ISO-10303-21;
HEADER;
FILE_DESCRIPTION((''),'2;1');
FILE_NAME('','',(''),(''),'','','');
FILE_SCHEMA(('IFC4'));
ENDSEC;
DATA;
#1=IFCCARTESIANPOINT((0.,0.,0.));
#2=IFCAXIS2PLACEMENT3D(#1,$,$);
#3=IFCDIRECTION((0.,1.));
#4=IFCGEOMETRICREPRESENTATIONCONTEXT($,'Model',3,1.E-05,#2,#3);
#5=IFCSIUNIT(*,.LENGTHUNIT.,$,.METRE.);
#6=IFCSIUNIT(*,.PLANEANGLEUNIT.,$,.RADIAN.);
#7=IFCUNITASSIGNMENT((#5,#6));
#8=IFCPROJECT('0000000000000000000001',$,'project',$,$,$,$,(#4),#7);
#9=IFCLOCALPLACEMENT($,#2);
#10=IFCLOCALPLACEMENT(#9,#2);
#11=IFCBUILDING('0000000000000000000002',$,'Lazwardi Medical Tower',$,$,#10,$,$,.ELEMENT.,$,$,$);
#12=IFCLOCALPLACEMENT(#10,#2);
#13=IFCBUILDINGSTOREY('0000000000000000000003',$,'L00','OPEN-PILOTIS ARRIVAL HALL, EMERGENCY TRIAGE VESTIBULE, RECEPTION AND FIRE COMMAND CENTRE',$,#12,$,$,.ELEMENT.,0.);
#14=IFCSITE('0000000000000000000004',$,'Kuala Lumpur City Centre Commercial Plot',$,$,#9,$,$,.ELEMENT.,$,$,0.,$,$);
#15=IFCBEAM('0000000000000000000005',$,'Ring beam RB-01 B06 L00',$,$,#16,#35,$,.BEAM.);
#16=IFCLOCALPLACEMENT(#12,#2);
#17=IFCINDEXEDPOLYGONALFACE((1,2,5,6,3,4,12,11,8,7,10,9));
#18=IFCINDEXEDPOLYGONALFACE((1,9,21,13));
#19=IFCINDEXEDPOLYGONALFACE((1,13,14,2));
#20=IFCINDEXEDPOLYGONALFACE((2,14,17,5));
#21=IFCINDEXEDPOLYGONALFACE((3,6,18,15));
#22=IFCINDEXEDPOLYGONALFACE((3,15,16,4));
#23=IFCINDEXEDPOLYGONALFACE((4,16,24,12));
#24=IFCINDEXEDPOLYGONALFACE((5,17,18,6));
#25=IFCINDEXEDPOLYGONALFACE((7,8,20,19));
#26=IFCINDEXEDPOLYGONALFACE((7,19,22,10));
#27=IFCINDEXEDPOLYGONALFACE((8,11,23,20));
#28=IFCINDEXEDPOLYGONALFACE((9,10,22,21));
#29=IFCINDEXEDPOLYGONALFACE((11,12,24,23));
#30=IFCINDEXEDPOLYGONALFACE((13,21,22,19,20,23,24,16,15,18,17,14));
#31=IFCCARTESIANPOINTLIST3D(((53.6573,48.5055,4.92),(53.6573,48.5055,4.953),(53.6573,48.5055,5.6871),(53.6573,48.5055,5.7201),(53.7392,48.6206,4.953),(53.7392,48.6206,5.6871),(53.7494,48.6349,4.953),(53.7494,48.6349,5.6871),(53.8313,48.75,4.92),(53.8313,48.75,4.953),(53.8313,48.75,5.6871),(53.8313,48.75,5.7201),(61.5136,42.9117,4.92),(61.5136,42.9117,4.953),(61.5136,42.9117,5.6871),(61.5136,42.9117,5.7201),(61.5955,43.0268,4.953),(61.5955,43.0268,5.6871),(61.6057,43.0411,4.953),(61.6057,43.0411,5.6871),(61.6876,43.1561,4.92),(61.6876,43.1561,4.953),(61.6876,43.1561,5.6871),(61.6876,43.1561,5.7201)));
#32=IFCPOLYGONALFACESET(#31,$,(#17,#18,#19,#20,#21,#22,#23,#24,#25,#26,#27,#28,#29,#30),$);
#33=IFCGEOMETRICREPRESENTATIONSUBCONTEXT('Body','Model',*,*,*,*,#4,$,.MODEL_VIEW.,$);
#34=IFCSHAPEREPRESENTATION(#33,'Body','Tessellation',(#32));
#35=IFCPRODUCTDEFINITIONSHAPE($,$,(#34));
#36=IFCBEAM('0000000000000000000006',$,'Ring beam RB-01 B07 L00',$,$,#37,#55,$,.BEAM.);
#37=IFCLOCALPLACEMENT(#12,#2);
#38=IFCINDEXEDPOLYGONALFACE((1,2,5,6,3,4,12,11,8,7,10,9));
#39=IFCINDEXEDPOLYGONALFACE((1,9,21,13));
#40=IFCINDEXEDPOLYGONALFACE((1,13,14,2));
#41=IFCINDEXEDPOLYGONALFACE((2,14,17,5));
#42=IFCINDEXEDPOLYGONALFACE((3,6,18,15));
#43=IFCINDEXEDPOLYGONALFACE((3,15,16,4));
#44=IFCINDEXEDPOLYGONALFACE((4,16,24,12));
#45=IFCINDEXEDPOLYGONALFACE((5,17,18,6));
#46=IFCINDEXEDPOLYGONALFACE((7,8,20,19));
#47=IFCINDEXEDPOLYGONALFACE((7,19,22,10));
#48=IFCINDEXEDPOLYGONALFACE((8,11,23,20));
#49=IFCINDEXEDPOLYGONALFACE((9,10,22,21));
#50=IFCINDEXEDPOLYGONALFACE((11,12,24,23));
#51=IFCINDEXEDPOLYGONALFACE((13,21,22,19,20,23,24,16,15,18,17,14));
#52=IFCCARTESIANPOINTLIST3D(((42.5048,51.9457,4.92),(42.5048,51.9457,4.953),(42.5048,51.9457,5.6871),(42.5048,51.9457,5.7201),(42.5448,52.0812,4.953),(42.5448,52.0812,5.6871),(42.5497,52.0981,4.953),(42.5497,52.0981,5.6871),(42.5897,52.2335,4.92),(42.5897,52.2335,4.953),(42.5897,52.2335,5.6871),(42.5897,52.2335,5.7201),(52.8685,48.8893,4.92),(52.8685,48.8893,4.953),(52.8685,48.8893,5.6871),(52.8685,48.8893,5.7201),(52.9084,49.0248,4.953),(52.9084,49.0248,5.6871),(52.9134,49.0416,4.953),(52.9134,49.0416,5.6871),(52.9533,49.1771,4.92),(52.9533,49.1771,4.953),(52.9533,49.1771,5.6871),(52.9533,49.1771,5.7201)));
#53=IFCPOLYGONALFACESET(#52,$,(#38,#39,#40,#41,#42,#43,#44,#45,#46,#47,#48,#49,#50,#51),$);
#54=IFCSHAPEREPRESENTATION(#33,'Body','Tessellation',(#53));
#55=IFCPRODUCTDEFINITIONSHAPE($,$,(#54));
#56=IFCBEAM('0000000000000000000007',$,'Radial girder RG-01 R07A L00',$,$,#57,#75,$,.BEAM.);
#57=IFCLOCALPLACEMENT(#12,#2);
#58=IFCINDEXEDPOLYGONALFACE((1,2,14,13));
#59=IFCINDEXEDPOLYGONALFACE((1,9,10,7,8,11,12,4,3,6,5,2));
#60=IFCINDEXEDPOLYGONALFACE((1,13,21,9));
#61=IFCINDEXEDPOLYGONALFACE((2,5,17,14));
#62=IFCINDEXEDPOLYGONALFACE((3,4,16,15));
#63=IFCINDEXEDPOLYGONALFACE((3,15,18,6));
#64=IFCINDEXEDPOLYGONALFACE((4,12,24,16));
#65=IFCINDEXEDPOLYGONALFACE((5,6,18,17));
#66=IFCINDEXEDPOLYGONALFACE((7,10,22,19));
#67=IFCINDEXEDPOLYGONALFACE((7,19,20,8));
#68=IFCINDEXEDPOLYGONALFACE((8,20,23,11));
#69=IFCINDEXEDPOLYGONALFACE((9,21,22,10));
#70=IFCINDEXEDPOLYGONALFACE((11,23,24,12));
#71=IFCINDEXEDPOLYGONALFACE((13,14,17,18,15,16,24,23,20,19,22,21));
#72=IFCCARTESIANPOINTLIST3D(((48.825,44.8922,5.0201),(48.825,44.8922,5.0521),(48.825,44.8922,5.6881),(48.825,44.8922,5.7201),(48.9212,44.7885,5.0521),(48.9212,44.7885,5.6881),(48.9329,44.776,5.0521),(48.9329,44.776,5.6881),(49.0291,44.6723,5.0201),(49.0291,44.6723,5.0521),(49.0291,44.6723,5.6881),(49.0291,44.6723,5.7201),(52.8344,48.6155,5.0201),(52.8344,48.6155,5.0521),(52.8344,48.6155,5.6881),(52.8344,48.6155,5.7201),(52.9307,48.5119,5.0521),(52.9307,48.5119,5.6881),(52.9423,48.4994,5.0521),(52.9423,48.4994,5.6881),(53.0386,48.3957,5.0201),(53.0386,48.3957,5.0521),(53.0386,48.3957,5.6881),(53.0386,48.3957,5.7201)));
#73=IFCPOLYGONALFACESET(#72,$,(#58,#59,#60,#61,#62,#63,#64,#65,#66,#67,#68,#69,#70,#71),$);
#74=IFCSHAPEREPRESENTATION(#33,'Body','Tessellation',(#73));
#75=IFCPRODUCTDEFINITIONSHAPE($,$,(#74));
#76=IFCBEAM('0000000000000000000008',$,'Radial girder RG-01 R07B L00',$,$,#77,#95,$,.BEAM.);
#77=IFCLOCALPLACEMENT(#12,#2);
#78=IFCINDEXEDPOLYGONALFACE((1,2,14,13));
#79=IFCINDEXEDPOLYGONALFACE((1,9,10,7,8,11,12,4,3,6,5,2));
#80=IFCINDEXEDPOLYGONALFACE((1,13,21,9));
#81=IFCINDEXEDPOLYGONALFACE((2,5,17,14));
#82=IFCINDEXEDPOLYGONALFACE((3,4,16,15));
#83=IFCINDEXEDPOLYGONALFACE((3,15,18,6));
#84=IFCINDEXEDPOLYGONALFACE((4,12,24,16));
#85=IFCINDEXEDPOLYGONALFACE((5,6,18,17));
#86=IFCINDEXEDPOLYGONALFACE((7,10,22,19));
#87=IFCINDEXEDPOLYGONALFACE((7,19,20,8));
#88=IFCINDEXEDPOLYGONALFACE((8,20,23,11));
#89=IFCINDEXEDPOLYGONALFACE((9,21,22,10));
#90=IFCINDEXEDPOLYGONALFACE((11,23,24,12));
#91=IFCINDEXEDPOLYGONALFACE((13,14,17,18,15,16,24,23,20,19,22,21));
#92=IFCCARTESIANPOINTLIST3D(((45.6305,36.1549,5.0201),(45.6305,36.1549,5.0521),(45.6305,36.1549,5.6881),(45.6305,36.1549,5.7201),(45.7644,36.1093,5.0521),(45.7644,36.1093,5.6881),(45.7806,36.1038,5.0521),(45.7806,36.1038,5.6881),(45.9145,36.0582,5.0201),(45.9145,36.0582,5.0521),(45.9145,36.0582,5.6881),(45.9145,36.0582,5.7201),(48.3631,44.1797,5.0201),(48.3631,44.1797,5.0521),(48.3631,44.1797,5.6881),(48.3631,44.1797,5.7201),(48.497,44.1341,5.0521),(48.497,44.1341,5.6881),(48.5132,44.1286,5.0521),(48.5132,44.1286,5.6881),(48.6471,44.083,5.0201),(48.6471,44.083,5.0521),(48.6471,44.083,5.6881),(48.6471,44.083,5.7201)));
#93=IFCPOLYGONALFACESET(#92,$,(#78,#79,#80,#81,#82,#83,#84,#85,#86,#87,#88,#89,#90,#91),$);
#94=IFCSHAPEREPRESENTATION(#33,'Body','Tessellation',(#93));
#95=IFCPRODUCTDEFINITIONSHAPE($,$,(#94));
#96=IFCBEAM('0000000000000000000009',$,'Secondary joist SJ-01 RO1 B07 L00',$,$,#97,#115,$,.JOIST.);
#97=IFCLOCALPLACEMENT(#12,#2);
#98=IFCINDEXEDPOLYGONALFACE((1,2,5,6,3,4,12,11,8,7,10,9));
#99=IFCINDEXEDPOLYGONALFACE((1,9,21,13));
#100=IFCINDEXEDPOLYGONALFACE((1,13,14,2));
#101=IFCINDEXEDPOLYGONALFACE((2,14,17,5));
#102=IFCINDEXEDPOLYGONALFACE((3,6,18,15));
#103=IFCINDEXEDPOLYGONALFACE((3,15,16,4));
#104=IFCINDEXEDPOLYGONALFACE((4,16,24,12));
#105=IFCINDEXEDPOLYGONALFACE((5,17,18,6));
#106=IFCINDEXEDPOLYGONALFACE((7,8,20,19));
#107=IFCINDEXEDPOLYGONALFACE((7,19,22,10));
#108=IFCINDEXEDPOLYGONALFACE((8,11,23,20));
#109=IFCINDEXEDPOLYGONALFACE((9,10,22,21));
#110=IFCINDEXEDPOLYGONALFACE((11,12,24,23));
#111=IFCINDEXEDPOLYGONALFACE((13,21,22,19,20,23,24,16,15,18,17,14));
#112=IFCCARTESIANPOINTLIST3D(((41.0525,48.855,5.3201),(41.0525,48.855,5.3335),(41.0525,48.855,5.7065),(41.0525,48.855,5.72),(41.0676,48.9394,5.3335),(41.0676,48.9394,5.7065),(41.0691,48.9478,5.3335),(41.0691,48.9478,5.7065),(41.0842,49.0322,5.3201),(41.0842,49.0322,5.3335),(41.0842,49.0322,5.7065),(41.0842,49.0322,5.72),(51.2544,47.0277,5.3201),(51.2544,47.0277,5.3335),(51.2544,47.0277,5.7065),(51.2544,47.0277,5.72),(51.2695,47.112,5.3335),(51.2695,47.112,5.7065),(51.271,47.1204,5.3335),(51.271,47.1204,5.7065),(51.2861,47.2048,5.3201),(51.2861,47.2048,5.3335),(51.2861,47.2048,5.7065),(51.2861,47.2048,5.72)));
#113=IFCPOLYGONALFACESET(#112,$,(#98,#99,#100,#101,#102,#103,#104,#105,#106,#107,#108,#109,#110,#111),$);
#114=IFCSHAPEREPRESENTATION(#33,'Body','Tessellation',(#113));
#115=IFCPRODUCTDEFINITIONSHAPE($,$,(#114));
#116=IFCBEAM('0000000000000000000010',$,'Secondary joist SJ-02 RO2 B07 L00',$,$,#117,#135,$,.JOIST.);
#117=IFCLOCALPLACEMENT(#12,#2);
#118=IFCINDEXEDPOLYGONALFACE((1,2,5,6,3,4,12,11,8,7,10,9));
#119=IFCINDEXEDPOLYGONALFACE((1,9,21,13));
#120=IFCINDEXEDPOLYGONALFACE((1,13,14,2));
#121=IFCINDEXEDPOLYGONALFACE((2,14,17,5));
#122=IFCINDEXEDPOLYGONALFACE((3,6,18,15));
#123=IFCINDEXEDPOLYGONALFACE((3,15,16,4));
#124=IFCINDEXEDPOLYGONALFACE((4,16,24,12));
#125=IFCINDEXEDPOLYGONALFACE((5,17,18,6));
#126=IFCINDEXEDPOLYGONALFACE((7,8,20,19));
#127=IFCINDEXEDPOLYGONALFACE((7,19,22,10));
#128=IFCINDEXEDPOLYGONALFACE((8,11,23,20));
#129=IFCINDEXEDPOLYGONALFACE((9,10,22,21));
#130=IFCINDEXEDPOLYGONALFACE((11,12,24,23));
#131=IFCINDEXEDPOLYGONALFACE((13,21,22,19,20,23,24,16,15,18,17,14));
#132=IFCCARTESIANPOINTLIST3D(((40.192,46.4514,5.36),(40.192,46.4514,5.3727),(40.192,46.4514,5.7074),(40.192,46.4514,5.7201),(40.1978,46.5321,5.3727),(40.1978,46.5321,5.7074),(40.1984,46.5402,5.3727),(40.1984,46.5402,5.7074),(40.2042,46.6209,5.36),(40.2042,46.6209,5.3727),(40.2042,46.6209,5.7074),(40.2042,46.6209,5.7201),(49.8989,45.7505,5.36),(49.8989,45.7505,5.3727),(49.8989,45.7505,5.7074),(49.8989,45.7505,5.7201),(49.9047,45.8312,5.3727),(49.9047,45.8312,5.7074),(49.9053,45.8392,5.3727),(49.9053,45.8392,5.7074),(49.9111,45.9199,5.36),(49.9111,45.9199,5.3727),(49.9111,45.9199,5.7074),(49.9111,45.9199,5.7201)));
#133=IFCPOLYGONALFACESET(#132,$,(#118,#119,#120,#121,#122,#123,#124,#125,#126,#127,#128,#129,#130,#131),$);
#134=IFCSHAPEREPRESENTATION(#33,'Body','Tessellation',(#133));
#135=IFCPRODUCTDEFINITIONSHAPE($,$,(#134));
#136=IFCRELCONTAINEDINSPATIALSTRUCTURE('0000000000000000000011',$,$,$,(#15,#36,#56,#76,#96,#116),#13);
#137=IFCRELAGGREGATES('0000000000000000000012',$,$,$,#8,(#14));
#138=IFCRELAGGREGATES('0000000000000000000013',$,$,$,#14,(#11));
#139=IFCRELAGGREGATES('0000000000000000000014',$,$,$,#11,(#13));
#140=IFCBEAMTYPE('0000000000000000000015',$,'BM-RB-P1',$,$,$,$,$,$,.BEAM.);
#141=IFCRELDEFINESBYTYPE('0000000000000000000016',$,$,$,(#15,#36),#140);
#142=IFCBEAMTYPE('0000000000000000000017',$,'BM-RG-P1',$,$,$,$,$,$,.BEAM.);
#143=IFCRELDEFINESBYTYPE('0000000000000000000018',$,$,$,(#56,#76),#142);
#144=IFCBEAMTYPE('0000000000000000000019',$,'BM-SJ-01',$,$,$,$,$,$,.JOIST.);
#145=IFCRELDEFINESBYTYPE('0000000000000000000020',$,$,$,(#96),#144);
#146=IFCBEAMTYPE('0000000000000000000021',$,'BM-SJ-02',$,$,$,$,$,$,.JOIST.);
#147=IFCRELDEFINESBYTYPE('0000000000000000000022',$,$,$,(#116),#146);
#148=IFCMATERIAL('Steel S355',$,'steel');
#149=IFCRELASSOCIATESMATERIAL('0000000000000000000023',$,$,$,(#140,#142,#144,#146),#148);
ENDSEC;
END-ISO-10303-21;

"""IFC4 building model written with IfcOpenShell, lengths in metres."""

from ifc_helpers import new_model, si_unit, direction, frame, origin, origin_2d, place, context, subcontext, project, spatial, i_section, extrude, material, material_profile, profile_set, type_object, element, save


model = new_model("IFC4")

# Units and contexts
model_context = context("Model", 3, precision=1e-05, world=origin(), true_north=direction((0.0, 1.0)))
body_context = subcontext(model_context, "Body", "Model", "MODEL_VIEW")
ifc_project = project(units=[si_unit("LENGTHUNIT", "METRE"), si_unit("PLANEANGLEUNIT", "RADIAN")], contexts=[model_context])

# Site, building, storey
site_placement = place(None, origin())
site = spatial("IfcSite", under=ifc_project, at=site_placement, Name="Kuala Lumpur City Centre Commercial Plot", CompositionType="ELEMENT", RefElevation=0.0)
building_placement = place(site_placement, origin())
building = spatial("IfcBuilding", under=site, at=building_placement, Name="Lazwardi Medical Tower", CompositionType="ELEMENT")
storey_placement = place(building_placement, origin())
storey = spatial("IfcBuildingStorey", under=building, at=storey_placement, Name="L00", Description="OPEN-PILOTIS ARRIVAL HALL, EMERGENCY TRIAGE VESTIBULE, RECEPTION AND FIRE COMMAND CENTRE", CompositionType="ELEMENT", Elevation=0.0)

# Shared definitions
ifc_material_1 = material(Name="Steel S355", Category="steel")

# Beams
ifc_material_profile_1 = material_profile(ifc_material_1, i_section(OverallWidth=0.3, OverallDepth=0.8, WebThickness=0.0176, FlangeThickness=0.033, at=origin_2d()), Name="HEB 800")
ifc_profile_set_1 = profile_set([ifc_material_profile_1], Name="Steel S355")
beam_type_1 = type_object("IfcBeamType", Name="BM-RB-P1", PredefinedType="BEAM", material=ifc_profile_set_1)
beam_1_placement = place(storey_placement, frame((61.6006, 43.0339, 5.3201), z_axis=(-0.814607, 0.580014, 0.0), x_axis=(-0.580014, -0.814607, 0.0)))
element("IfcBeam", 1, at=beam_1_placement, inside=storey, type_object=beam_type_1, Name="Ring beam RB-01 B06 L00", PredefinedType="BEAM", context=body_context, shape_type="SweptSolid", body=[
    extrude(i_section(OverallWidth=0.3, OverallDepth=0.8, WebThickness=0.0176, FlangeThickness=0.033, at=origin_2d()), origin(), (0.0, 0.0, 1.0), 9.6443),
])
beam_2_placement = place(storey_placement, frame((52.9109, 49.0332, 5.3201), z_axis=(-0.959157, 0.282873, 0.0), x_axis=(-0.282873, -0.959157, 0.0)))
element("IfcBeam", 2, at=beam_2_placement, inside=storey, type_object=beam_type_1, Name="Ring beam RB-01 B07 L00", PredefinedType="BEAM", context=body_context, shape_type="SweptSolid", body=[
    extrude(i_section(OverallWidth=0.3, OverallDepth=0.8, WebThickness=0.0176, FlangeThickness=0.033, at=origin_2d()), origin(), (0.0, 0.0, 1.0), 10.8049),
])
ifc_material_profile_2 = material_profile(ifc_material_1, i_section(OverallWidth=0.3, OverallDepth=0.7, WebThickness=0.0171, FlangeThickness=0.032, at=origin_2d()), Name="HEB 700")
ifc_profile_set_2 = profile_set([ifc_material_profile_2], Name="Steel S355")
beam_type_2 = type_object("IfcBeamType", Name="BM-RG-P1", PredefinedType="BEAM", material=ifc_profile_set_2)
beam_3_placement = place(storey_placement, frame((52.9365, 48.5056, 5.3701), z_axis=(-0.73277, -0.680477, 0.0), x_axis=(0.680477, -0.73277, 0.0)))
element("IfcBeam", 3, at=beam_3_placement, inside=storey, type_object=beam_type_2, Name="Radial girder RG-01 R07A L00", PredefinedType="BEAM", context=body_context, shape_type="SweptSolid", body=[
    extrude(i_section(OverallWidth=0.3, OverallDepth=0.7, WebThickness=0.0171, FlangeThickness=0.032, at=origin_2d()), origin(), (0.0, 0.0, 1.0), 5.4717),
])
beam_4_placement = place(storey_placement, frame((48.5051, 44.1313, 5.3701), z_axis=(-0.322347, -0.946622, 0.0), x_axis=(0.946622, -0.322347, 0.0)))
element("IfcBeam", 4, at=beam_4_placement, inside=storey, type_object=beam_type_2, Name="Radial girder RG-01 R07B L00", PredefinedType="BEAM", context=body_context, shape_type="SweptSolid", body=[
    extrude(i_section(OverallWidth=0.3, OverallDepth=0.7, WebThickness=0.0171, FlangeThickness=0.032, at=origin_2d()), origin(), (0.0, 0.0, 1.0), 8.4773),
])
ifc_material_profile_3 = material_profile(ifc_material_1, i_section(OverallWidth=0.1799, OverallDepth=0.3999, WebThickness=0.0085, FlangeThickness=0.0134, at=origin_2d()), Name="IPE 400")
ifc_profile_set_3 = profile_set([ifc_material_profile_3], Name="Steel S355")
beam_type_3 = type_object("IfcBeamType", Name="BM-SJ-01", PredefinedType="JOIST", material=ifc_profile_set_3)
beam_5_placement = place(storey_placement, frame((51.2703, 47.1162, 5.52), z_axis=(-0.984334, 0.176316, 0.0), x_axis=(-0.176316, -0.984334, 0.0)))
element("IfcBeam", 5, at=beam_5_placement, inside=storey, type_object=beam_type_3, Name="Secondary joist SJ-01 RO1 B07 L00", PredefinedType="JOIST", context=body_context, shape_type="SweptSolid", body=[
    extrude(i_section(OverallWidth=0.1799, OverallDepth=0.3999, WebThickness=0.0085, FlangeThickness=0.0134, at=origin_2d()), origin(), (0.0, 0.0, 1.0), 10.3643),
])
ifc_material_profile_4 = material_profile(ifc_material_1, i_section(OverallWidth=0.1699, OverallDepth=0.3601, WebThickness=0.0081, FlangeThickness=0.0127, at=origin_2d()), Name="IPE 360")
ifc_profile_set_4 = profile_set([ifc_material_profile_4], Name="Steel S355")
beam_type_4 = type_object("IfcBeamType", Name="BM-SJ-02", PredefinedType="JOIST", material=ifc_profile_set_4)
beam_6_placement = place(storey_placement, frame((49.905, 45.8352, 5.54), z_axis=(-0.997403, 0.072023, 0.0), x_axis=(-0.072023, -0.997403, 0.0)))
element("IfcBeam", 6, at=beam_6_placement, inside=storey, type_object=beam_type_4, Name="Secondary joist SJ-02 RO2 B07 L00", PredefinedType="JOIST", context=body_context, shape_type="SweptSolid", body=[
    extrude(i_section(OverallWidth=0.1699, OverallDepth=0.3601, WebThickness=0.0081, FlangeThickness=0.0127, at=origin_2d()), origin(), (0.0, 0.0, 1.0), 9.7322),
])

save(model, "model.ifc")
